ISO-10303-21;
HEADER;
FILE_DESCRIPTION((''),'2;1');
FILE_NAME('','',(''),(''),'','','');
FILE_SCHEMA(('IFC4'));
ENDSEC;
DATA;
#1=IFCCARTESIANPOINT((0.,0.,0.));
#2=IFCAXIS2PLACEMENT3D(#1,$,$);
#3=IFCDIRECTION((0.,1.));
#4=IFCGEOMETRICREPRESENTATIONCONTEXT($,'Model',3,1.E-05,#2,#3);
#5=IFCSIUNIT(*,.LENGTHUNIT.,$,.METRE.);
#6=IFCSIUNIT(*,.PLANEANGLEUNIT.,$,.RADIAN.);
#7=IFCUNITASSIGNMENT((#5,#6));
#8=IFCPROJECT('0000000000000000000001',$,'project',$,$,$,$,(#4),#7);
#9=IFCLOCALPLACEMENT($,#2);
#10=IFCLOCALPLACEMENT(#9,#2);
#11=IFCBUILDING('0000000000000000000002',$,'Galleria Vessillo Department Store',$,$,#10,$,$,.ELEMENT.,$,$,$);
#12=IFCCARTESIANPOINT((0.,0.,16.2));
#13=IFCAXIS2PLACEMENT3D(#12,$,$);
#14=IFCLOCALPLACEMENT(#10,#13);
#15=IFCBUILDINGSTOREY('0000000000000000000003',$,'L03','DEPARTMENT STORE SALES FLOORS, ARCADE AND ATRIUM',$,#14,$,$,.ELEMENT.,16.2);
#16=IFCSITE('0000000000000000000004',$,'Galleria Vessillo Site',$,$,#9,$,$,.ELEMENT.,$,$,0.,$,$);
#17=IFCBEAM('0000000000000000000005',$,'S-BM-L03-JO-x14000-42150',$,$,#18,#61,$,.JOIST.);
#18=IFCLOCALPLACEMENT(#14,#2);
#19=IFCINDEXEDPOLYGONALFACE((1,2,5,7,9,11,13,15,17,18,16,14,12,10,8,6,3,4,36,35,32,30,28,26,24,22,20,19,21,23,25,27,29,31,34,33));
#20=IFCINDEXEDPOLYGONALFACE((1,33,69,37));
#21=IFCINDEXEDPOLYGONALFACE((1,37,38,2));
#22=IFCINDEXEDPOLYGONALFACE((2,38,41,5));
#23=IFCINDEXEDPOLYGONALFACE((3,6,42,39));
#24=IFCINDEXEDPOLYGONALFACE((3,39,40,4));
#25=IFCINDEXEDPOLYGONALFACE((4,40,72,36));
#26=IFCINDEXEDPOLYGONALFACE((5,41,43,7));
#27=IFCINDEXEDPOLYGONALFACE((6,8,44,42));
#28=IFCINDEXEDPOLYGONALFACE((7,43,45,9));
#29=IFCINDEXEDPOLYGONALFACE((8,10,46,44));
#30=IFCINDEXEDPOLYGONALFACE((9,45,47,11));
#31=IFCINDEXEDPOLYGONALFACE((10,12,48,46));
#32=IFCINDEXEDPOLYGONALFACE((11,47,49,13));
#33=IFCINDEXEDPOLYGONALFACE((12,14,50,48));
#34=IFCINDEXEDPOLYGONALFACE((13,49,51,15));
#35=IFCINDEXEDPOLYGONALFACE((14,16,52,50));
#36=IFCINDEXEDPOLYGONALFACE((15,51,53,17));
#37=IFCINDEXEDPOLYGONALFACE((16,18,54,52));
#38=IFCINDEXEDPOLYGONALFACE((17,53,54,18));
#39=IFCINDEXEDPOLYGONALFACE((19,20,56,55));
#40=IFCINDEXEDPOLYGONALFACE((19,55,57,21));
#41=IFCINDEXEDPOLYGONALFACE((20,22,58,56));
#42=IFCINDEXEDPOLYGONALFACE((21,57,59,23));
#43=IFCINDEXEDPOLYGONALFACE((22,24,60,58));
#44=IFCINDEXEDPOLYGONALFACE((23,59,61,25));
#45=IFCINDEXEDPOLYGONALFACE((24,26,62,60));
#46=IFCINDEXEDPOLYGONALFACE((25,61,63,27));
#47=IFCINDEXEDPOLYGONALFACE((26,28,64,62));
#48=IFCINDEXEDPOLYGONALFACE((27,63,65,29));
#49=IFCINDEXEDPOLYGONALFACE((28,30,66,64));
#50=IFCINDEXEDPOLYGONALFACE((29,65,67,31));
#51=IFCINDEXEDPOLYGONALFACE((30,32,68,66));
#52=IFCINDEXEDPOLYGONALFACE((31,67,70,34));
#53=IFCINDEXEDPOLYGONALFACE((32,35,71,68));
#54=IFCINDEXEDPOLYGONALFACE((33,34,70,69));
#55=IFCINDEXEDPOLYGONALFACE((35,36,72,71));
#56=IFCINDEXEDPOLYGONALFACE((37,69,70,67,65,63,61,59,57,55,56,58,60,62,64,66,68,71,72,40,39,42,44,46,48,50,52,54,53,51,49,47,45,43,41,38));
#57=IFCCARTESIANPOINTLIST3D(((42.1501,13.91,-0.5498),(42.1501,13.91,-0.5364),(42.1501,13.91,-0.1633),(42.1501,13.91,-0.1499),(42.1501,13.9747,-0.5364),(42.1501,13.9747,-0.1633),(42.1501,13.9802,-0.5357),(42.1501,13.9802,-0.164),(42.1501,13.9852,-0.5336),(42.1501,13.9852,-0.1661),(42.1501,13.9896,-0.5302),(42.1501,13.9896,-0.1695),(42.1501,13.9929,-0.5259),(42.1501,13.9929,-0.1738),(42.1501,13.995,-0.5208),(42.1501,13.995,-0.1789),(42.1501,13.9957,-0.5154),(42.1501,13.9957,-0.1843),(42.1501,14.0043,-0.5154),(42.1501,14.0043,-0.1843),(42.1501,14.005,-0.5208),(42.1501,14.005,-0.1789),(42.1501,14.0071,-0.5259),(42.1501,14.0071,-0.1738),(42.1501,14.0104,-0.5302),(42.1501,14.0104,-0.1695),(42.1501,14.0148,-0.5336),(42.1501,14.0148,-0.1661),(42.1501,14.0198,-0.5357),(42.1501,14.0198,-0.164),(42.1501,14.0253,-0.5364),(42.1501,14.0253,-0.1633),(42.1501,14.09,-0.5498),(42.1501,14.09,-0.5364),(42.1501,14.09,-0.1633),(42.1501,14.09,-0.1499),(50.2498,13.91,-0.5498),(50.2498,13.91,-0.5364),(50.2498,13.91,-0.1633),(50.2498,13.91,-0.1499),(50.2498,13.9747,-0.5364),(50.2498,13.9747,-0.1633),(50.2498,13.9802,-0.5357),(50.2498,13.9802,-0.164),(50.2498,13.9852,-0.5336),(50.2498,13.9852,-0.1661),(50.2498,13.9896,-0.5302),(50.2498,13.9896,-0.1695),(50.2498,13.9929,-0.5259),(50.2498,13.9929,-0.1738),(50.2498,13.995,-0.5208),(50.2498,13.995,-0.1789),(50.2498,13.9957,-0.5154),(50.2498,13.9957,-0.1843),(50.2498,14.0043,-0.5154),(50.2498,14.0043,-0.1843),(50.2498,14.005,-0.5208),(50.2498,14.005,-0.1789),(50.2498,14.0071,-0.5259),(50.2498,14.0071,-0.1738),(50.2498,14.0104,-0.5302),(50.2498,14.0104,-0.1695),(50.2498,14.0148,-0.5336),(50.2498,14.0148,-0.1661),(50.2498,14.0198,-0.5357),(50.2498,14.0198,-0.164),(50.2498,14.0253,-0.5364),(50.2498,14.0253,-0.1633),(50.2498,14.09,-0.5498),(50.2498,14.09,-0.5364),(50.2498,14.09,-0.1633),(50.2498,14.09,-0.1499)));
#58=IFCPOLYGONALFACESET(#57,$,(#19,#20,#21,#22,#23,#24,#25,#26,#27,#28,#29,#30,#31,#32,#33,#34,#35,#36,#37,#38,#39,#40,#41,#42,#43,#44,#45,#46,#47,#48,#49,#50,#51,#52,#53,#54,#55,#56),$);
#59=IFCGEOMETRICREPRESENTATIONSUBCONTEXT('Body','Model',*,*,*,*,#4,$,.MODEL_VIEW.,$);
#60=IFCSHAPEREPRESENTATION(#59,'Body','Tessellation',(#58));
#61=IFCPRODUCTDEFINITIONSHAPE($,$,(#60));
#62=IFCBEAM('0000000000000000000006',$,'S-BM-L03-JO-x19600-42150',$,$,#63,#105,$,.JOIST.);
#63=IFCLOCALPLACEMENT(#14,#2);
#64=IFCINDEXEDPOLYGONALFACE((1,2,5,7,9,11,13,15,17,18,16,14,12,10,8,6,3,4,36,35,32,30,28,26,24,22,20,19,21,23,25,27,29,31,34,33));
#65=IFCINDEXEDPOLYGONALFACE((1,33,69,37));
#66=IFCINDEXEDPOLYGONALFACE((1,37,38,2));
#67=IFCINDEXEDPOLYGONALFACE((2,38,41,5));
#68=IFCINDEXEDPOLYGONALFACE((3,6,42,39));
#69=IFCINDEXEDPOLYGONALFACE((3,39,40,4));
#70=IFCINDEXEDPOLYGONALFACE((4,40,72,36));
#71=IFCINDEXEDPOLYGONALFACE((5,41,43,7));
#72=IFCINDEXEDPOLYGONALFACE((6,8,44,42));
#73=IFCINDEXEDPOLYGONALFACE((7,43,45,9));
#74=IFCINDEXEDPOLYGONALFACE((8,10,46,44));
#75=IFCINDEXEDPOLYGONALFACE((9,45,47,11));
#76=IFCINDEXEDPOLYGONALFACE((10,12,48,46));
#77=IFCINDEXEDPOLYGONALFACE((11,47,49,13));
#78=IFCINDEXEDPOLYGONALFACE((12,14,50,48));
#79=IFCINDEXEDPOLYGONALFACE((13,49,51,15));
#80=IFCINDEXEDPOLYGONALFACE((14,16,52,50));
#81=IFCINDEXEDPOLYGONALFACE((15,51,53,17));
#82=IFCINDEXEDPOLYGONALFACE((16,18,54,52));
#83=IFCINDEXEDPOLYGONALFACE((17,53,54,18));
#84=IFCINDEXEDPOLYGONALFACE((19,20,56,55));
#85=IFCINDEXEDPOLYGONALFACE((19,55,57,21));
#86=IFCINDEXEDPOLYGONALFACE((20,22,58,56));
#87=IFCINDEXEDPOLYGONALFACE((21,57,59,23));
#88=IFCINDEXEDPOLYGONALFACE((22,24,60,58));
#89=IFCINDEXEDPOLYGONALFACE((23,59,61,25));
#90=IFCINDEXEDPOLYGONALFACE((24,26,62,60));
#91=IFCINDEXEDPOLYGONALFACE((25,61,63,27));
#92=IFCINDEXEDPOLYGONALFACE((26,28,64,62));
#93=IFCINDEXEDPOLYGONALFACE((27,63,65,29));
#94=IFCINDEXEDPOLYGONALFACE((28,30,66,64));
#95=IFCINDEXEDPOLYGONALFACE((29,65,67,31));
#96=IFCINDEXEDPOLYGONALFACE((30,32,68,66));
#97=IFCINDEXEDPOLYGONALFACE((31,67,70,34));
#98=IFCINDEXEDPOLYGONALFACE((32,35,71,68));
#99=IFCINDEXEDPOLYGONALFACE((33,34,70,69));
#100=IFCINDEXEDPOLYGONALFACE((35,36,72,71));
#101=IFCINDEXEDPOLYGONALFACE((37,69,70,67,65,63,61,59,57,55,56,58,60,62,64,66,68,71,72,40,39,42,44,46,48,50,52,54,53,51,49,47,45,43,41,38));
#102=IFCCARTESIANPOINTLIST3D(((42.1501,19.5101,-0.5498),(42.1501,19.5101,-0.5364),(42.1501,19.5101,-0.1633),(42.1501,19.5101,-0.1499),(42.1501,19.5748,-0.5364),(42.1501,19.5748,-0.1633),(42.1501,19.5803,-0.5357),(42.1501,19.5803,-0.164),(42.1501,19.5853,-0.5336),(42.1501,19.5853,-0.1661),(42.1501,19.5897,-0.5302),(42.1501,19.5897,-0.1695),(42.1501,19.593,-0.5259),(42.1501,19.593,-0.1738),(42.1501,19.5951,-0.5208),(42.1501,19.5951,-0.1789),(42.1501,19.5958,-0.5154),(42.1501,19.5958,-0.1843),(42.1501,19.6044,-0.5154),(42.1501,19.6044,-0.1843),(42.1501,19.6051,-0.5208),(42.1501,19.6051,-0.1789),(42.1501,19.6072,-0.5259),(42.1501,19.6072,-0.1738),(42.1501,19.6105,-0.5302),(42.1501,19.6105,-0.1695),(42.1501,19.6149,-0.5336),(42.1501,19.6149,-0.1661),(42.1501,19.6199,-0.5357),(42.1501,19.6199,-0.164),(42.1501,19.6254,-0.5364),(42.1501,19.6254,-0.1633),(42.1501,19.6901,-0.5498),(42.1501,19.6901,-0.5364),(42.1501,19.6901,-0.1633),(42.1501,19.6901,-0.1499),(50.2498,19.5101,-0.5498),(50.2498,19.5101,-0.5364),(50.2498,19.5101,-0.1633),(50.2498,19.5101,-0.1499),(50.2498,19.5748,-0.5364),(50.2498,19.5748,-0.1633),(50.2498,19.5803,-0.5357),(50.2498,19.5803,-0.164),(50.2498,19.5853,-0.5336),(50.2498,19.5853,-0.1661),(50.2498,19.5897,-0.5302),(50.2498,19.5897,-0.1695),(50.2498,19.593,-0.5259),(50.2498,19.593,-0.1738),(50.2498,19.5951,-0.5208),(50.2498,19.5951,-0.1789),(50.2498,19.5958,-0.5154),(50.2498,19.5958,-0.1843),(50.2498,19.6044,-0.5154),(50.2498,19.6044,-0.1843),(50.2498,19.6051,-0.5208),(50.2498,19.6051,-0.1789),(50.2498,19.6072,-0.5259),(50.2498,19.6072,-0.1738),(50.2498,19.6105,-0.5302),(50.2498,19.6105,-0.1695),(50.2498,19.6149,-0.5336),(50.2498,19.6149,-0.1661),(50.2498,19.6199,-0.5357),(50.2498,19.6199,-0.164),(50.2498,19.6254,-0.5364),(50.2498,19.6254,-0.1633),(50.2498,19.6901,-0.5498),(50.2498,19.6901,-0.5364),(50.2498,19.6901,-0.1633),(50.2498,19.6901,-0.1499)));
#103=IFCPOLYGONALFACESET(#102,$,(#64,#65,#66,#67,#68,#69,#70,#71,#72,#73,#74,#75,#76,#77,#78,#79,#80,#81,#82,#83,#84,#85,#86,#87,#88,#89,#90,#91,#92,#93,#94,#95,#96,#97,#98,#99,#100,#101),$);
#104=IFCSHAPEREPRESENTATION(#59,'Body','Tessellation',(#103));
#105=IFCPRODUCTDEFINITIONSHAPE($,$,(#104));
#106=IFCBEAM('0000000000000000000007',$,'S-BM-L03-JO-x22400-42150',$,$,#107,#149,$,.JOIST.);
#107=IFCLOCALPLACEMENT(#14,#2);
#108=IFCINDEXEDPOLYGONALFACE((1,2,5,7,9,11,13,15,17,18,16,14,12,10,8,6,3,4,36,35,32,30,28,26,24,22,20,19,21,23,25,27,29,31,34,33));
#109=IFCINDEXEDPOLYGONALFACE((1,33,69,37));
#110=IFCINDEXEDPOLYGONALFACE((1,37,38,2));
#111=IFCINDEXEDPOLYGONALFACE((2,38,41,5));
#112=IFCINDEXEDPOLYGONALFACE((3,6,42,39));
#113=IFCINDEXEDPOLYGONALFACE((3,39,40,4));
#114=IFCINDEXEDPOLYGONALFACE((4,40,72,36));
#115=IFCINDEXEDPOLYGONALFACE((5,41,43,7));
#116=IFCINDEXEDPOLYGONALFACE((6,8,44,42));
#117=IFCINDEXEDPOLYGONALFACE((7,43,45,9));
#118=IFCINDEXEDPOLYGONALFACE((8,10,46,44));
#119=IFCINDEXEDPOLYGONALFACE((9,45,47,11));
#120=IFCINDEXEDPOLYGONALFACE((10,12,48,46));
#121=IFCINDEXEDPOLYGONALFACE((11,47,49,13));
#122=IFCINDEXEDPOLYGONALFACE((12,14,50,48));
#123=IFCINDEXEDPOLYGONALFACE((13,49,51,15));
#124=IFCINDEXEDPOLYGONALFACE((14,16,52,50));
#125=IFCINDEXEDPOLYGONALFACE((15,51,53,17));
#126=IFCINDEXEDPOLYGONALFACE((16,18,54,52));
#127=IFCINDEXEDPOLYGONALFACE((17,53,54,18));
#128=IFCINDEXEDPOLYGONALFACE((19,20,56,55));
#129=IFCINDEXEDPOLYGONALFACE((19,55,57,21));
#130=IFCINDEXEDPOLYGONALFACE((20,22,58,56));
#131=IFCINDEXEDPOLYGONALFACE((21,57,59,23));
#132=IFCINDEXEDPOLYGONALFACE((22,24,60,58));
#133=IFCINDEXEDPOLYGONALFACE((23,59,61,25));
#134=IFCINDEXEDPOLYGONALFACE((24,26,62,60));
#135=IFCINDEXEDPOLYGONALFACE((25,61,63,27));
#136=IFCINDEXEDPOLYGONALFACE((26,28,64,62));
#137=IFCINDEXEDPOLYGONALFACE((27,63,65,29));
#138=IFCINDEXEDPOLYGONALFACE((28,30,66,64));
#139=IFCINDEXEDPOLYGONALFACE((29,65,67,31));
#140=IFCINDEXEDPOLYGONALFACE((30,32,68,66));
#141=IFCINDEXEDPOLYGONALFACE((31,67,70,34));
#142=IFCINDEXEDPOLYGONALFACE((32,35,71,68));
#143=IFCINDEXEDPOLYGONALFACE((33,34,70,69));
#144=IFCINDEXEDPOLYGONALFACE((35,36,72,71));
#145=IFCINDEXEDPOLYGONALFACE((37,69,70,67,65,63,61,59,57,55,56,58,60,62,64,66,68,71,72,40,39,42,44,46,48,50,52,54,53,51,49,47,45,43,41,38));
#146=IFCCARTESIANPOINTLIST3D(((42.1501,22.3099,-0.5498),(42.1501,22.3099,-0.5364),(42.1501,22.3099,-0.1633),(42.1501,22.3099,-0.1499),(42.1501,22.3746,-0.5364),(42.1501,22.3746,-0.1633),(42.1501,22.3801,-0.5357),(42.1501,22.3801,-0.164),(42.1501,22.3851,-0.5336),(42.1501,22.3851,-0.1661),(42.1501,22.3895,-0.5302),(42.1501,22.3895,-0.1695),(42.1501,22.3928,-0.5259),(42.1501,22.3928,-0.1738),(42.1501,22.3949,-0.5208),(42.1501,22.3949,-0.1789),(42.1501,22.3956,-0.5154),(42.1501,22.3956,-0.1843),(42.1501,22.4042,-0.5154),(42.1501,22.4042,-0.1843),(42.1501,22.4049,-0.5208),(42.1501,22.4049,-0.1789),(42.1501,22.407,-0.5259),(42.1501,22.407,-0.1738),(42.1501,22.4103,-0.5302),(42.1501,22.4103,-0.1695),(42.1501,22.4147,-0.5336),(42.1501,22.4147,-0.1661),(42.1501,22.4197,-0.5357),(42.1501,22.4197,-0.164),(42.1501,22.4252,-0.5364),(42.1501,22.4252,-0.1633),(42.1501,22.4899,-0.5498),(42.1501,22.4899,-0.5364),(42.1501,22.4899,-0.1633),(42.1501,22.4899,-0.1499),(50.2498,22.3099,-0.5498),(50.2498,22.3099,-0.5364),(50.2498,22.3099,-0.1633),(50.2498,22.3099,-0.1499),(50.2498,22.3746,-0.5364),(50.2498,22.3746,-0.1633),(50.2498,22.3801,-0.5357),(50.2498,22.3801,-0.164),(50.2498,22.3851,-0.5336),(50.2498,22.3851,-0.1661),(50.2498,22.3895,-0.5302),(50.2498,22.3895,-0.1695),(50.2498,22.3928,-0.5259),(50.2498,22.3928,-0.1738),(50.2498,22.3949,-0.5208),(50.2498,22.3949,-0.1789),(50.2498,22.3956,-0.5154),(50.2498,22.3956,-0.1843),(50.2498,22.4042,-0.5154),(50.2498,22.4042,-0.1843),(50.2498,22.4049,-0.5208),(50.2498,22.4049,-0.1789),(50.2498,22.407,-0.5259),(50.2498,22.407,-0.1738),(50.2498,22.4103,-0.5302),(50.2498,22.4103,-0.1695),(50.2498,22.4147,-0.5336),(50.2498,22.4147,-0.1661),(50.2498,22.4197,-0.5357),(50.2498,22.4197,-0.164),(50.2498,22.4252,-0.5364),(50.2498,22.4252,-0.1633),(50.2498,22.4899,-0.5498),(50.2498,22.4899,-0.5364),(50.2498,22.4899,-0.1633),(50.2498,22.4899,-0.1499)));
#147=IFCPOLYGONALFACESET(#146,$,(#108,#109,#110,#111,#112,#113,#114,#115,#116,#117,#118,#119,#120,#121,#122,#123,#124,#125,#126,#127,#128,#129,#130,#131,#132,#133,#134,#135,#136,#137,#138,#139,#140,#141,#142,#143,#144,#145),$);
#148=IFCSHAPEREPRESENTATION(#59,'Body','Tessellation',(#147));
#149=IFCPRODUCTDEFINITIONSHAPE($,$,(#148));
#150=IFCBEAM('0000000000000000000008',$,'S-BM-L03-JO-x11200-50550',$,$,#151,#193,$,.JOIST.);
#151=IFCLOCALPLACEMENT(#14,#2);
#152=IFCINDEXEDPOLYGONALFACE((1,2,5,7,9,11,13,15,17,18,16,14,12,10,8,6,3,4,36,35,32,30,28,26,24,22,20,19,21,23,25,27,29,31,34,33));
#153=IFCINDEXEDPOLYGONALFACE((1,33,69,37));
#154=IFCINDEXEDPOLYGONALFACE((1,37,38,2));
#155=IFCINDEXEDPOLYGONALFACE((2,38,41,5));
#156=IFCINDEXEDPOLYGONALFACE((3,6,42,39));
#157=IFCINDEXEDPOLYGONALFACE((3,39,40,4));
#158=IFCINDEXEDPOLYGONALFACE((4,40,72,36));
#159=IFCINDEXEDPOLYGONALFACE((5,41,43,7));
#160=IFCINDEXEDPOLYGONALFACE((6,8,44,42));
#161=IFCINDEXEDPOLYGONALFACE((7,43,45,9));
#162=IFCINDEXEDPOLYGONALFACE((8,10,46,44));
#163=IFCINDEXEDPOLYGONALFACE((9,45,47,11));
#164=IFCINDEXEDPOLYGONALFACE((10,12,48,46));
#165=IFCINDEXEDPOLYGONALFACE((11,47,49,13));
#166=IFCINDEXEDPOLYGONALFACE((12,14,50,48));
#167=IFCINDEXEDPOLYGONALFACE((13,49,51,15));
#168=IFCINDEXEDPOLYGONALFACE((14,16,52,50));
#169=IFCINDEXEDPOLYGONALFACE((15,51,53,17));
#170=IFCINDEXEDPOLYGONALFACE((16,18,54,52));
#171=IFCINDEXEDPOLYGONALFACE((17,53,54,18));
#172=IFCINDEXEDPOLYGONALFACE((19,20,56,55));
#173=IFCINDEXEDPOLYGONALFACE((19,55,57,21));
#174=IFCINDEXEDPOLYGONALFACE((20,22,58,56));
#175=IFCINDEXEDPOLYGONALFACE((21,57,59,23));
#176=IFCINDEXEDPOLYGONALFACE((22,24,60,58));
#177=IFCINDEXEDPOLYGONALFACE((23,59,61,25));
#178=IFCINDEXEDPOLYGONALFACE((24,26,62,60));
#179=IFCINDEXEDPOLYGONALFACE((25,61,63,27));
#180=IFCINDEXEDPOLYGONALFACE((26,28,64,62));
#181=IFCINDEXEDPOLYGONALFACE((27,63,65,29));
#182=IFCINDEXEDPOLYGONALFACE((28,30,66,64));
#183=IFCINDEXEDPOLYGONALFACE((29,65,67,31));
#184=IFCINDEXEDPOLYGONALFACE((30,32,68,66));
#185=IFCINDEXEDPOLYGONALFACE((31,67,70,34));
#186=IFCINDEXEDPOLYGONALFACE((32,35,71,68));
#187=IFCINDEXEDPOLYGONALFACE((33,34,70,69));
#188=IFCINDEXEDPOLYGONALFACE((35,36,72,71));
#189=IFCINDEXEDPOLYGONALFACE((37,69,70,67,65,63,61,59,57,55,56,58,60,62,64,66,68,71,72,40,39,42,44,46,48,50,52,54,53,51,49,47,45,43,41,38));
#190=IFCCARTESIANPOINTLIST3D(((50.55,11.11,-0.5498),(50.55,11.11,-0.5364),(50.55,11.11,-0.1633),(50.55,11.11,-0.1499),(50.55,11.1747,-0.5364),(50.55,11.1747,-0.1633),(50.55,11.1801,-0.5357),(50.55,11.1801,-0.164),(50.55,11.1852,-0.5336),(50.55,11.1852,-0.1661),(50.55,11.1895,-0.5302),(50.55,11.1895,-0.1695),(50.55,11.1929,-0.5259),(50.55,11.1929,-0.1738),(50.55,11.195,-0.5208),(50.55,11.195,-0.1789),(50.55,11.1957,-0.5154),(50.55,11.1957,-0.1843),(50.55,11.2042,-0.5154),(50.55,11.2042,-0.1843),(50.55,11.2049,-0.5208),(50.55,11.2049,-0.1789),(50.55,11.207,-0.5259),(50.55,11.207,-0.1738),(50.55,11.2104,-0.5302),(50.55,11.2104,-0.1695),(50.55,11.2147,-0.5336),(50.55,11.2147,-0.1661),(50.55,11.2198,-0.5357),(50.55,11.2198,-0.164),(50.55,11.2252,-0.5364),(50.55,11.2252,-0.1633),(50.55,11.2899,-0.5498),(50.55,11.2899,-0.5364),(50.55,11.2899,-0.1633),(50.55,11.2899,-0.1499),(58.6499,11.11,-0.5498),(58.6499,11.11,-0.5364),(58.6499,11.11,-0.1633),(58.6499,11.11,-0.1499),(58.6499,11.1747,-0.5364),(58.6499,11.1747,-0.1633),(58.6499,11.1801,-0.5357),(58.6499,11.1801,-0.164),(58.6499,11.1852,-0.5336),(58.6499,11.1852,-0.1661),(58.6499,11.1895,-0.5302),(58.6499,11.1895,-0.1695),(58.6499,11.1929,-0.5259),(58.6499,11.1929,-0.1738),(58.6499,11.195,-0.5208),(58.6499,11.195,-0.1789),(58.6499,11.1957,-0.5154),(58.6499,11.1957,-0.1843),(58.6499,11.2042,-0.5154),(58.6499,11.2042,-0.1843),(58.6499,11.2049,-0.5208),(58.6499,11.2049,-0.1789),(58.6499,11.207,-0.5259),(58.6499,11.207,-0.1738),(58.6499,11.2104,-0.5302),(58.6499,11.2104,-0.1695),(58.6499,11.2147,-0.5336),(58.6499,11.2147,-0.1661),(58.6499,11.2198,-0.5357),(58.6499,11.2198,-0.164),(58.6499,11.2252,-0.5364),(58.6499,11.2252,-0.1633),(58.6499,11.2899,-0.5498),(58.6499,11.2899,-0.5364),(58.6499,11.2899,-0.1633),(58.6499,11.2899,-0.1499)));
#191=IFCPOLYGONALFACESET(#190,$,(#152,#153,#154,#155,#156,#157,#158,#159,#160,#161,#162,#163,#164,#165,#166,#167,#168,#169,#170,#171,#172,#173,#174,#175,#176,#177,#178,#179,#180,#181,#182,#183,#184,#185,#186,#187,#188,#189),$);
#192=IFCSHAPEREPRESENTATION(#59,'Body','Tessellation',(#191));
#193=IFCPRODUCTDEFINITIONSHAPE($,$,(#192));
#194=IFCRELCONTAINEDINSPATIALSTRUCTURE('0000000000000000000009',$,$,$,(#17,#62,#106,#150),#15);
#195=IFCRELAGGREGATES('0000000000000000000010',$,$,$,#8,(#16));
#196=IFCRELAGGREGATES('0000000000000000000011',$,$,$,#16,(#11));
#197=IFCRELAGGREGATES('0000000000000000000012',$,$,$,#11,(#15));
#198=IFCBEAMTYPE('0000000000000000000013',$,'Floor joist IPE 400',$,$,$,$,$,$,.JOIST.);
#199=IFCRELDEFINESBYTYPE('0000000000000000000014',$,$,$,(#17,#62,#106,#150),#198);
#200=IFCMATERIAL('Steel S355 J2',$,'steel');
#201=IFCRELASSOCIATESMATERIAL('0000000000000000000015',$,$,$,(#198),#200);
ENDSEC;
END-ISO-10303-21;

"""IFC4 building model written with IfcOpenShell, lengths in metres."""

from ifc_helpers import new_model, si_unit, direction, frame, origin, origin_2d, place, context, subcontext, project, spatial, i_section, extrude, material, material_profile, profile_set, type_object, element, save


model = new_model("IFC4")

# Units and contexts
model_context = context("Model", 3, precision=1e-05, world=origin(), true_north=direction((0.0, 1.0)))
body_context = subcontext(model_context, "Body", "Model", "MODEL_VIEW")
ifc_project = project(units=[si_unit("LENGTHUNIT", "METRE"), si_unit("PLANEANGLEUNIT", "RADIAN")], contexts=[model_context])

# Site, building, storey
site_placement = place(None, origin())
site = spatial("IfcSite", under=ifc_project, at=site_placement, Name="Galleria Vessillo Site", CompositionType="ELEMENT", RefElevation=0.0)
building_placement = place(site_placement, origin())
building = spatial("IfcBuilding", under=site, at=building_placement, Name="Galleria Vessillo Department Store", CompositionType="ELEMENT")
storey_placement = place(building_placement, frame((0.0, 0.0, 16.2)))
storey = spatial("IfcBuildingStorey", under=building, at=storey_placement, Name="L03", Description="DEPARTMENT STORE SALES FLOORS, ARCADE AND ATRIUM", CompositionType="ELEMENT", Elevation=16.2)

# Beams
ifc_material_1 = material(Name="Steel S355 J2", Category="steel")
ifc_material_profile_1 = material_profile(ifc_material_1, i_section(OverallWidth=0.1799, OverallDepth=0.3999, WebThickness=0.0085, FlangeThickness=0.0134, FilletRadius=0.021, at=origin_2d()), Name="IPE 400")
ifc_profile_set_1 = profile_set([ifc_material_profile_1], Name="Steel S355 J2")
beam_type_1 = type_object("IfcBeamType", Name="Floor joist IPE 400", PredefinedType="JOIST", material=ifc_profile_set_1)
for number, where, z_axis, x_axis, name in (
    (1, (42.1501, 14.0, -0.3499), (1.0, 0.0, 0.0), (0.0, 1.0, 0.0), "S-BM-L03-JO-x14000-42150"),
    (2, (42.1501, 19.6001, -0.3499), (1.0, 0.0, 0.0), (0.0, 1.0, 0.0), "S-BM-L03-JO-x19600-42150"),
    (3, (42.1501, 22.3999, -0.3499), (1.0, 0.0, 0.0), (0.0, 1.0, 0.0), "S-BM-L03-JO-x22400-42150"),
):
    element("IfcBeam", number, at=place(storey_placement, frame(where, z_axis=z_axis, x_axis=x_axis)), inside=storey, type_object=beam_type_1, Name=name, PredefinedType="JOIST", context=body_context, shape_type="SweptSolid", body=[
        extrude(i_section(OverallWidth=0.1799, OverallDepth=0.3999, WebThickness=0.0085, FlangeThickness=0.0134, FilletRadius=0.021, at=origin_2d()), origin(), (0.0, 0.0, 1.0), 8.0996),
    ])
for number, where, z_axis, x_axis, name in (
    (4, (50.55, 11.2, -0.3499), (1.0, 0.0, 0.0), (0.0, 1.0, 0.0), "S-BM-L03-JO-x11200-50550"),
):
    element("IfcBeam", number, at=place(storey_placement, frame(where, z_axis=z_axis, x_axis=x_axis)), inside=storey, type_object=beam_type_1, Name=name, PredefinedType="JOIST", context=body_context, shape_type="SweptSolid", body=[
        extrude(i_section(OverallWidth=0.1799, OverallDepth=0.3999, WebThickness=0.0085, FlangeThickness=0.0134, FilletRadius=0.021, at=origin_2d()), origin(), (0.0, 0.0, 1.0), 8.0999),
    ])

save(model, "model.ifc")
